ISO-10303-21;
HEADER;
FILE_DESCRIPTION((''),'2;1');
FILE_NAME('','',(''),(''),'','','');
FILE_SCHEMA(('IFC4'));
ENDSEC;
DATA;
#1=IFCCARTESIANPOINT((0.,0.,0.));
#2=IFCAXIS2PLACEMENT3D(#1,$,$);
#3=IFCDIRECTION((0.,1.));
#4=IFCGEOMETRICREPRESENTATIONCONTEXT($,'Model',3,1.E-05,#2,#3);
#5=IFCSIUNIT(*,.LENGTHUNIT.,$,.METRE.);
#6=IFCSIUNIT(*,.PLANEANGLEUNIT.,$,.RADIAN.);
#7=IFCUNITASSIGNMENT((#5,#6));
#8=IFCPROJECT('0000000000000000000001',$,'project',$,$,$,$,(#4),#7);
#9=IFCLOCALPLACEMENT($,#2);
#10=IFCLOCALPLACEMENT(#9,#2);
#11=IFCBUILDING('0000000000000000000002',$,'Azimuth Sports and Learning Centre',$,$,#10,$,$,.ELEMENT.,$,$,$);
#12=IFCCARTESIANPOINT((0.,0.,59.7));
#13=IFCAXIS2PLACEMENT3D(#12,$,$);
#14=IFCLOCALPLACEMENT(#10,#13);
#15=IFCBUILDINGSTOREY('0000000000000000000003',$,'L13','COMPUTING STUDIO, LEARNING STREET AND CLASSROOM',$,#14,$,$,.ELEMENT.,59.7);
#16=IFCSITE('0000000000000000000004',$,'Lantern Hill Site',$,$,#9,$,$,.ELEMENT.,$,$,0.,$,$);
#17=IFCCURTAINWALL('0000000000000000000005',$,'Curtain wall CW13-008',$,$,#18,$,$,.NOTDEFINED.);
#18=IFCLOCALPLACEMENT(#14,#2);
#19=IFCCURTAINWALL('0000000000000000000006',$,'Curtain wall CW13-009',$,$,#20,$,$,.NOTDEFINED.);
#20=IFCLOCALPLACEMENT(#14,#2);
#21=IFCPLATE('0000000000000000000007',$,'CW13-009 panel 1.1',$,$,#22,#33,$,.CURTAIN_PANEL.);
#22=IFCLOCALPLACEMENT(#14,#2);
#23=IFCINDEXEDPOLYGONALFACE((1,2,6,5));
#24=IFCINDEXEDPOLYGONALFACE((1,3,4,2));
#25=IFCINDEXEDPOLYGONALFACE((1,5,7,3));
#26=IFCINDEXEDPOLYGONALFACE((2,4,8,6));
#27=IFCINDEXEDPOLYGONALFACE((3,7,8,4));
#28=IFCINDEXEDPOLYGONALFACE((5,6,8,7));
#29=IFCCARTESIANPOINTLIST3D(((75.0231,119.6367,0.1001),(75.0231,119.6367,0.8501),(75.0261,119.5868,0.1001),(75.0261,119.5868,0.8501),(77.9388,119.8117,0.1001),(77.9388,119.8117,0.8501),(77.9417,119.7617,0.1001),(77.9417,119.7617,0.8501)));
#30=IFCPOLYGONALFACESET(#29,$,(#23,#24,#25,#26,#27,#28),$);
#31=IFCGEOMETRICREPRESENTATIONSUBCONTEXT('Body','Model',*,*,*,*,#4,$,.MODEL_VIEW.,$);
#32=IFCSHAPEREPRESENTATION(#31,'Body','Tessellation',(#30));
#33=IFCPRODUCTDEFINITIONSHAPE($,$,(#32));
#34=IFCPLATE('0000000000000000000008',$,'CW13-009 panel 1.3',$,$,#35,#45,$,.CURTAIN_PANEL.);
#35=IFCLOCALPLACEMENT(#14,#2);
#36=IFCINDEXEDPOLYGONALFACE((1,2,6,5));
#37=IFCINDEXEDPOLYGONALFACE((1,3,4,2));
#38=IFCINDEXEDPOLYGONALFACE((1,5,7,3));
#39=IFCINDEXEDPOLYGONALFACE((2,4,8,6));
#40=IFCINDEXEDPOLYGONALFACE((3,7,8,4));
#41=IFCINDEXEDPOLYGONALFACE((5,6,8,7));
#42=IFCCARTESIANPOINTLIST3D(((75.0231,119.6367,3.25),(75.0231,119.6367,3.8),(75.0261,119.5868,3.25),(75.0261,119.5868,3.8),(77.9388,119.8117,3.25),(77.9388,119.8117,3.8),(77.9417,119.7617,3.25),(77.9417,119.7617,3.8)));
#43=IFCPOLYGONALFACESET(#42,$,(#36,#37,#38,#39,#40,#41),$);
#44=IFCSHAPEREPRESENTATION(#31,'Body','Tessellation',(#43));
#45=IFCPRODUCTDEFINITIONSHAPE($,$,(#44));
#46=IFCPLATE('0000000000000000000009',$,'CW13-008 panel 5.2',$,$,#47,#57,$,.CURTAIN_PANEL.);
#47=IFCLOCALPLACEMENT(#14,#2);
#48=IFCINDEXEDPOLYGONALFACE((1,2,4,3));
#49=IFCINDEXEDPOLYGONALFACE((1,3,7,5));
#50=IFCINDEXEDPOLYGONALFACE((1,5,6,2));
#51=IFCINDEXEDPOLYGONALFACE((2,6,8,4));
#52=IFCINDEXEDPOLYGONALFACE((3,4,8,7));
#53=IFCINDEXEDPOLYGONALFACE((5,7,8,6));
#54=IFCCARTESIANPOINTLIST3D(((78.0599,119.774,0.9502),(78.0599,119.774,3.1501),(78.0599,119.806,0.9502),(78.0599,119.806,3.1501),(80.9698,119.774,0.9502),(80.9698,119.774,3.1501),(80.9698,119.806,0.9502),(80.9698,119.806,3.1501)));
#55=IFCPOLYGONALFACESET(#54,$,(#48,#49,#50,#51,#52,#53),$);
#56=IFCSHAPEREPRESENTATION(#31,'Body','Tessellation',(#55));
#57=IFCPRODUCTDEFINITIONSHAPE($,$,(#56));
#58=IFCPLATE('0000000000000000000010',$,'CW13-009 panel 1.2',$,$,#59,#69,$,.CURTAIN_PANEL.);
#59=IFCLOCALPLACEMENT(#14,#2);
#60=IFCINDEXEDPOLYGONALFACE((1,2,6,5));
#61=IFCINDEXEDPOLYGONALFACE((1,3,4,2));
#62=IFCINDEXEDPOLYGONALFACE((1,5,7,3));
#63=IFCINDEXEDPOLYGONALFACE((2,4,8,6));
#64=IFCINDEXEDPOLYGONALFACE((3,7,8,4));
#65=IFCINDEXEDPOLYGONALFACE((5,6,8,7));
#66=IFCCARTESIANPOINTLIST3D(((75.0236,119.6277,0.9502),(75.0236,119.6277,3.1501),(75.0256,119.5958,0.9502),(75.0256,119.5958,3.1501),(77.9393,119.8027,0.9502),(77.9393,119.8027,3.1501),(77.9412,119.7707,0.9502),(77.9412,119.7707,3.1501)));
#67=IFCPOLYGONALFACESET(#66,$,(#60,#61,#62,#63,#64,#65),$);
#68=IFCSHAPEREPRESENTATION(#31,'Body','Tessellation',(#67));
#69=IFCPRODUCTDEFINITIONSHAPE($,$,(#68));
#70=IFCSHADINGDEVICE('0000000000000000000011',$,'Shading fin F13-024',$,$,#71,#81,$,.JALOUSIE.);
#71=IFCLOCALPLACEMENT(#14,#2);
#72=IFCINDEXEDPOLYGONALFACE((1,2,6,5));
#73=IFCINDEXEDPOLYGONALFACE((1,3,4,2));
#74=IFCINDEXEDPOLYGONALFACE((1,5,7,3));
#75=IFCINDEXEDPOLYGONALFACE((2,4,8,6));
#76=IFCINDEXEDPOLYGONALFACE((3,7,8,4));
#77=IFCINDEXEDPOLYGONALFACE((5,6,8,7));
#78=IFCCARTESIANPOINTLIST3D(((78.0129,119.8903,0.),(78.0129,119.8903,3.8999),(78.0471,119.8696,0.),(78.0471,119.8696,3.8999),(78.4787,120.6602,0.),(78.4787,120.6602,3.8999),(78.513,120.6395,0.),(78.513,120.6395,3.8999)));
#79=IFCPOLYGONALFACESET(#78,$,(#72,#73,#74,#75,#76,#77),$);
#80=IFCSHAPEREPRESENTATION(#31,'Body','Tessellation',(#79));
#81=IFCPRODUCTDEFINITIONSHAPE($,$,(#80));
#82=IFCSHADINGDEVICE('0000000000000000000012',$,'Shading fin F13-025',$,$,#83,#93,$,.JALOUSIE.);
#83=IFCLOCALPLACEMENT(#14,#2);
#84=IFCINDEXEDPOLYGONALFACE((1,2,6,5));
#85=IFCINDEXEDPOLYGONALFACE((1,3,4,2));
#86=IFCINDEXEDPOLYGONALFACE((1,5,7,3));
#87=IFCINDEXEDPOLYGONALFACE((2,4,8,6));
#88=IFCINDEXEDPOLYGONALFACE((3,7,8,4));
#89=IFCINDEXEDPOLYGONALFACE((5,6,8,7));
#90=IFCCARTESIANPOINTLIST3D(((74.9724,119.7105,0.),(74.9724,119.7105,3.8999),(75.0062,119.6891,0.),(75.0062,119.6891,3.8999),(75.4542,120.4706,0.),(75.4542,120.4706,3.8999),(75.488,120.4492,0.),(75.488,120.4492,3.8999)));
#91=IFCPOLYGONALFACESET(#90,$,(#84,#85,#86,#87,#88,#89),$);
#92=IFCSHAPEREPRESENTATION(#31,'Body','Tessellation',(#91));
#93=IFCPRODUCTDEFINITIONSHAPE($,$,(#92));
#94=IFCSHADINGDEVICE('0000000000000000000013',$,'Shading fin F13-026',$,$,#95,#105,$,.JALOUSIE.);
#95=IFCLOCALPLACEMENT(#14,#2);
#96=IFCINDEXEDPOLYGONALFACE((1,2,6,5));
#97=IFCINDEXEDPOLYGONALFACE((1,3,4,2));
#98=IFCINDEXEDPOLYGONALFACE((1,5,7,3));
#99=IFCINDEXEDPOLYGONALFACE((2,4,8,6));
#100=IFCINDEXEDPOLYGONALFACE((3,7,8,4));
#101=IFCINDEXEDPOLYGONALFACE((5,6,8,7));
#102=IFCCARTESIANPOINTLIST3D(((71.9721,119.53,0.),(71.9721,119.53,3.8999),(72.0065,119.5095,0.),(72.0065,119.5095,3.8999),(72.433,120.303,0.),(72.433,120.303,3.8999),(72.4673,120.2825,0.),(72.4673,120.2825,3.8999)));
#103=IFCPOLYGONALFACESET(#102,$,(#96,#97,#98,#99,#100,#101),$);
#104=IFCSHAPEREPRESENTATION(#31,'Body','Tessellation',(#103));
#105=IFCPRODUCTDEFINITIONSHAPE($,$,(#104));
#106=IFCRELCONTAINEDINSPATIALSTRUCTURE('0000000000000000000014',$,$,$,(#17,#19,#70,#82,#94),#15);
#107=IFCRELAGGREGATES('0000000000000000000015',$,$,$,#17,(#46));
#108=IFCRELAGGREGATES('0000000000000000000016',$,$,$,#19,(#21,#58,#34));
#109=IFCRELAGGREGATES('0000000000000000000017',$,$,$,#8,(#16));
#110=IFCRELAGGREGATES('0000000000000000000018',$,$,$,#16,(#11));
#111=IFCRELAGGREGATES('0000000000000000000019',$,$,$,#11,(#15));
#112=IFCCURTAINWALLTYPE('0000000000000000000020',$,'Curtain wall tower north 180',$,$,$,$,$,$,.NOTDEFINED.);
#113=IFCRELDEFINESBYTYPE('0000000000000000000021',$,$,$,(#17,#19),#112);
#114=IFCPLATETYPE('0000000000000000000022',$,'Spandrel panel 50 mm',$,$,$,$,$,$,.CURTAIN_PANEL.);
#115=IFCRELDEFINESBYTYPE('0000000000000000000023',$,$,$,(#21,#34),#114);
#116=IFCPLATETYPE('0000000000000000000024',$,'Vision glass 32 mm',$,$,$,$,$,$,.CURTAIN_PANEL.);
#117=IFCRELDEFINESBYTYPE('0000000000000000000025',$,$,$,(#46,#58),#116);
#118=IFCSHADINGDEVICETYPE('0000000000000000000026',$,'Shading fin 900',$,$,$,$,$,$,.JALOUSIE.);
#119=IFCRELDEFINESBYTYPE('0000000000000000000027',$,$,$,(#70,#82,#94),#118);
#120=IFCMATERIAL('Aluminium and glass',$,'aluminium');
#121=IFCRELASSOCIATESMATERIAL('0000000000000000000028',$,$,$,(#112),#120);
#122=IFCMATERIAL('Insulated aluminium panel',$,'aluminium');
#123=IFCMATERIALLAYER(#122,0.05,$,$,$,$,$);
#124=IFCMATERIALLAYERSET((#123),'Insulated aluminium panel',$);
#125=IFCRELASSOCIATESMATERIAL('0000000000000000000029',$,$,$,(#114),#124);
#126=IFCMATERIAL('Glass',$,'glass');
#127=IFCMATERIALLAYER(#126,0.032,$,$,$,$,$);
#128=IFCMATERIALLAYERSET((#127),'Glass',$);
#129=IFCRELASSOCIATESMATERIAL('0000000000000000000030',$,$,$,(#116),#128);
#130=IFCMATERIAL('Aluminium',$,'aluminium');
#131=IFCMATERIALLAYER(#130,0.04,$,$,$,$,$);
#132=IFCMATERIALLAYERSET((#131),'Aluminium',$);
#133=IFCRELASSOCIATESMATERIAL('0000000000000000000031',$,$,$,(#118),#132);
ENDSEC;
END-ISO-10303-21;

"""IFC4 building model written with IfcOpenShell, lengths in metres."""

from ifc_helpers import new_model, si_unit, direction, frame, origin, origin_2d, place, context, subcontext, project, spatial, rectangle, extrude, material, layer, layer_set, type_object, element, aggregate, save


model = new_model("IFC4")

# Units and contexts
model_context = context("Model", 3, precision=1e-05, world=origin(), true_north=direction((0.0, 1.0)))
body_context = subcontext(model_context, "Body", "Model", "MODEL_VIEW")
ifc_project = project(units=[si_unit("LENGTHUNIT", "METRE"), si_unit("PLANEANGLEUNIT", "RADIAN")], contexts=[model_context])

# Site, building, storey
site_placement = place(None, origin())
site = spatial("IfcSite", under=ifc_project, at=site_placement, Name="Lantern Hill Site", CompositionType="ELEMENT", RefElevation=0.0)
building_placement = place(site_placement, origin())
building = spatial("IfcBuilding", under=site, at=building_placement, Name="Azimuth Sports and Learning Centre", CompositionType="ELEMENT")
storey_placement = place(building_placement, frame((0.0, 0.0, 59.7)))
storey = spatial("IfcBuildingStorey", under=building, at=storey_placement, Name="L13", Description="COMPUTING STUDIO, LEARNING STREET AND CLASSROOM", CompositionType="ELEMENT", Elevation=59.7)

# Curtain wall
ifc_material_1 = material(Name="Aluminium and glass", Category="aluminium")
curtain_wall_type = type_object("IfcCurtainWallType", Name="Curtain wall tower north 180", PredefinedType="NOTDEFINED", material=ifc_material_1)
curtain_wall_1_placement = place(storey_placement, origin())
curtain_wall_1 = element("IfcCurtainWall", 1, at=curtain_wall_1_placement, inside=storey, type_object=curtain_wall_type, Name="Curtain wall CW13-008", PredefinedType="NOTDEFINED")

# Curtain wall
curtain_wall_2_placement = place(storey_placement, origin())
curtain_wall_2 = element("IfcCurtainWall", 2, at=curtain_wall_2_placement, inside=storey, type_object=curtain_wall_type, Name="Curtain wall CW13-009", PredefinedType="NOTDEFINED")

# Plates
ifc_material_2 = material(Name="Insulated aluminium panel", Category="aluminium")
ifc_layer_1 = layer(ifc_material_2, 0.05)
ifc_layer_set_1 = layer_set([ifc_layer_1], Name="Insulated aluminium panel")
plate_type_1 = type_object("IfcPlateType", Name="Spandrel panel 50 mm", PredefinedType="CURTAIN_PANEL", material=ifc_layer_set_1)
plate_1_placement = place(storey_placement, frame((76.4824, 119.6992, 0.1001), z_axis=(0.0, 0.0, 1.0), x_axis=(-0.998205, -0.059892, 0.0)))
plate_1 = element("IfcPlate", 3, at=plate_1_placement, type_object=plate_type_1, Name="CW13-009 panel 1.1", PredefinedType="CURTAIN_PANEL", context=body_context, shape_type="SweptSolid", body=[
    extrude(rectangle(XDim=2.9209, YDim=0.05, at=origin_2d()), origin(), (0.0, 0.0, 1.0), 0.75),
])
plate_2_placement = place(storey_placement, frame((76.4824, 119.6992, 3.25), z_axis=(0.0, 0.0, 1.0), x_axis=(-0.998205, -0.059892, 0.0)))
plate_2 = element("IfcPlate", 4, at=plate_2_placement, type_object=plate_type_1, Name="CW13-009 panel 1.3", PredefinedType="CURTAIN_PANEL", context=body_context, shape_type="SweptSolid", body=[
    extrude(rectangle(XDim=2.9209, YDim=0.05, at=origin_2d()), origin(), (0.0, 0.0, 1.0), 0.55),
])
ifc_material_3 = material(Name="Glass", Category="glass")
ifc_layer_2 = layer(ifc_material_3, 0.032)
ifc_layer_set_2 = layer_set([ifc_layer_2], Name="Glass")
plate_type_2 = type_object("IfcPlateType", Name="Vision glass 32 mm", PredefinedType="CURTAIN_PANEL", material=ifc_layer_set_2)
plate_3_placement = place(storey_placement, frame((79.5149, 119.79, 0.9502), z_axis=(0.0, 0.0, 1.0), x_axis=(-1.0, 0.0, 0.0)))
plate_3 = element("IfcPlate", 5, at=plate_3_placement, type_object=plate_type_2, Name="CW13-008 panel 5.2", PredefinedType="CURTAIN_PANEL", context=body_context, shape_type="SweptSolid", body=[
    extrude(rectangle(XDim=2.9099, YDim=0.032, at=origin_2d()), origin(), (0.0, 0.0, 1.0), 2.2),
])
aggregate(curtain_wall_1, [plate_3])
plate_4_placement = place(storey_placement, frame((76.4824, 119.6992, 0.9502), z_axis=(0.0, 0.0, 1.0), x_axis=(-0.998205, -0.059892, 0.0)))
plate_4 = element("IfcPlate", 6, at=plate_4_placement, type_object=plate_type_2, Name="CW13-009 panel 1.2", PredefinedType="CURTAIN_PANEL", context=body_context, shape_type="SweptSolid", body=[
    extrude(rectangle(XDim=2.9209, YDim=0.032, at=origin_2d()), origin(), (0.0, 0.0, 1.0), 2.2),
])
aggregate(curtain_wall_2, [plate_1, plate_4, plate_2])

# Shading devices
ifc_material_4 = material(Name="Aluminium", Category="aluminium")
ifc_layer_3 = layer(ifc_material_4, 0.04)
ifc_layer_set_3 = layer_set([ifc_layer_3], Name="Aluminium")
shading_device_type = type_object("IfcShadingDeviceType", Name="Shading fin 900", PredefinedType="JALOUSIE", material=ifc_layer_set_3)
for number, where, z_axis, x_axis, name in (
    (7, (78.2629, 120.2649, 0.0), (0.0, 0.0, 1.0), (0.517682, 0.855573, 0.0), "Shading fin F13-024"),
    (8, (75.2302, 120.0798, 0.0), (0.0, 0.0, 1.0), (0.535372, 0.844616, 0.0), "Shading fin F13-025"),
    (9, (72.2197, 119.9062, 0.0), (0.0, 0.0, 1.0), (0.512109, 0.85892, 0.0), "Shading fin F13-026"),
):
    element("IfcShadingDevice", number, at=place(storey_placement, frame(where, z_axis=z_axis, x_axis=x_axis)), inside=storey, type_object=shading_device_type, Name=name, PredefinedType="JALOUSIE", context=body_context, shape_type="SweptSolid", body=[
        extrude(rectangle(XDim=0.8999, YDim=0.04, at=origin_2d()), origin(), (0.0, 0.0, 1.0), 3.8999),
    ])

save(model, "model.ifc")
